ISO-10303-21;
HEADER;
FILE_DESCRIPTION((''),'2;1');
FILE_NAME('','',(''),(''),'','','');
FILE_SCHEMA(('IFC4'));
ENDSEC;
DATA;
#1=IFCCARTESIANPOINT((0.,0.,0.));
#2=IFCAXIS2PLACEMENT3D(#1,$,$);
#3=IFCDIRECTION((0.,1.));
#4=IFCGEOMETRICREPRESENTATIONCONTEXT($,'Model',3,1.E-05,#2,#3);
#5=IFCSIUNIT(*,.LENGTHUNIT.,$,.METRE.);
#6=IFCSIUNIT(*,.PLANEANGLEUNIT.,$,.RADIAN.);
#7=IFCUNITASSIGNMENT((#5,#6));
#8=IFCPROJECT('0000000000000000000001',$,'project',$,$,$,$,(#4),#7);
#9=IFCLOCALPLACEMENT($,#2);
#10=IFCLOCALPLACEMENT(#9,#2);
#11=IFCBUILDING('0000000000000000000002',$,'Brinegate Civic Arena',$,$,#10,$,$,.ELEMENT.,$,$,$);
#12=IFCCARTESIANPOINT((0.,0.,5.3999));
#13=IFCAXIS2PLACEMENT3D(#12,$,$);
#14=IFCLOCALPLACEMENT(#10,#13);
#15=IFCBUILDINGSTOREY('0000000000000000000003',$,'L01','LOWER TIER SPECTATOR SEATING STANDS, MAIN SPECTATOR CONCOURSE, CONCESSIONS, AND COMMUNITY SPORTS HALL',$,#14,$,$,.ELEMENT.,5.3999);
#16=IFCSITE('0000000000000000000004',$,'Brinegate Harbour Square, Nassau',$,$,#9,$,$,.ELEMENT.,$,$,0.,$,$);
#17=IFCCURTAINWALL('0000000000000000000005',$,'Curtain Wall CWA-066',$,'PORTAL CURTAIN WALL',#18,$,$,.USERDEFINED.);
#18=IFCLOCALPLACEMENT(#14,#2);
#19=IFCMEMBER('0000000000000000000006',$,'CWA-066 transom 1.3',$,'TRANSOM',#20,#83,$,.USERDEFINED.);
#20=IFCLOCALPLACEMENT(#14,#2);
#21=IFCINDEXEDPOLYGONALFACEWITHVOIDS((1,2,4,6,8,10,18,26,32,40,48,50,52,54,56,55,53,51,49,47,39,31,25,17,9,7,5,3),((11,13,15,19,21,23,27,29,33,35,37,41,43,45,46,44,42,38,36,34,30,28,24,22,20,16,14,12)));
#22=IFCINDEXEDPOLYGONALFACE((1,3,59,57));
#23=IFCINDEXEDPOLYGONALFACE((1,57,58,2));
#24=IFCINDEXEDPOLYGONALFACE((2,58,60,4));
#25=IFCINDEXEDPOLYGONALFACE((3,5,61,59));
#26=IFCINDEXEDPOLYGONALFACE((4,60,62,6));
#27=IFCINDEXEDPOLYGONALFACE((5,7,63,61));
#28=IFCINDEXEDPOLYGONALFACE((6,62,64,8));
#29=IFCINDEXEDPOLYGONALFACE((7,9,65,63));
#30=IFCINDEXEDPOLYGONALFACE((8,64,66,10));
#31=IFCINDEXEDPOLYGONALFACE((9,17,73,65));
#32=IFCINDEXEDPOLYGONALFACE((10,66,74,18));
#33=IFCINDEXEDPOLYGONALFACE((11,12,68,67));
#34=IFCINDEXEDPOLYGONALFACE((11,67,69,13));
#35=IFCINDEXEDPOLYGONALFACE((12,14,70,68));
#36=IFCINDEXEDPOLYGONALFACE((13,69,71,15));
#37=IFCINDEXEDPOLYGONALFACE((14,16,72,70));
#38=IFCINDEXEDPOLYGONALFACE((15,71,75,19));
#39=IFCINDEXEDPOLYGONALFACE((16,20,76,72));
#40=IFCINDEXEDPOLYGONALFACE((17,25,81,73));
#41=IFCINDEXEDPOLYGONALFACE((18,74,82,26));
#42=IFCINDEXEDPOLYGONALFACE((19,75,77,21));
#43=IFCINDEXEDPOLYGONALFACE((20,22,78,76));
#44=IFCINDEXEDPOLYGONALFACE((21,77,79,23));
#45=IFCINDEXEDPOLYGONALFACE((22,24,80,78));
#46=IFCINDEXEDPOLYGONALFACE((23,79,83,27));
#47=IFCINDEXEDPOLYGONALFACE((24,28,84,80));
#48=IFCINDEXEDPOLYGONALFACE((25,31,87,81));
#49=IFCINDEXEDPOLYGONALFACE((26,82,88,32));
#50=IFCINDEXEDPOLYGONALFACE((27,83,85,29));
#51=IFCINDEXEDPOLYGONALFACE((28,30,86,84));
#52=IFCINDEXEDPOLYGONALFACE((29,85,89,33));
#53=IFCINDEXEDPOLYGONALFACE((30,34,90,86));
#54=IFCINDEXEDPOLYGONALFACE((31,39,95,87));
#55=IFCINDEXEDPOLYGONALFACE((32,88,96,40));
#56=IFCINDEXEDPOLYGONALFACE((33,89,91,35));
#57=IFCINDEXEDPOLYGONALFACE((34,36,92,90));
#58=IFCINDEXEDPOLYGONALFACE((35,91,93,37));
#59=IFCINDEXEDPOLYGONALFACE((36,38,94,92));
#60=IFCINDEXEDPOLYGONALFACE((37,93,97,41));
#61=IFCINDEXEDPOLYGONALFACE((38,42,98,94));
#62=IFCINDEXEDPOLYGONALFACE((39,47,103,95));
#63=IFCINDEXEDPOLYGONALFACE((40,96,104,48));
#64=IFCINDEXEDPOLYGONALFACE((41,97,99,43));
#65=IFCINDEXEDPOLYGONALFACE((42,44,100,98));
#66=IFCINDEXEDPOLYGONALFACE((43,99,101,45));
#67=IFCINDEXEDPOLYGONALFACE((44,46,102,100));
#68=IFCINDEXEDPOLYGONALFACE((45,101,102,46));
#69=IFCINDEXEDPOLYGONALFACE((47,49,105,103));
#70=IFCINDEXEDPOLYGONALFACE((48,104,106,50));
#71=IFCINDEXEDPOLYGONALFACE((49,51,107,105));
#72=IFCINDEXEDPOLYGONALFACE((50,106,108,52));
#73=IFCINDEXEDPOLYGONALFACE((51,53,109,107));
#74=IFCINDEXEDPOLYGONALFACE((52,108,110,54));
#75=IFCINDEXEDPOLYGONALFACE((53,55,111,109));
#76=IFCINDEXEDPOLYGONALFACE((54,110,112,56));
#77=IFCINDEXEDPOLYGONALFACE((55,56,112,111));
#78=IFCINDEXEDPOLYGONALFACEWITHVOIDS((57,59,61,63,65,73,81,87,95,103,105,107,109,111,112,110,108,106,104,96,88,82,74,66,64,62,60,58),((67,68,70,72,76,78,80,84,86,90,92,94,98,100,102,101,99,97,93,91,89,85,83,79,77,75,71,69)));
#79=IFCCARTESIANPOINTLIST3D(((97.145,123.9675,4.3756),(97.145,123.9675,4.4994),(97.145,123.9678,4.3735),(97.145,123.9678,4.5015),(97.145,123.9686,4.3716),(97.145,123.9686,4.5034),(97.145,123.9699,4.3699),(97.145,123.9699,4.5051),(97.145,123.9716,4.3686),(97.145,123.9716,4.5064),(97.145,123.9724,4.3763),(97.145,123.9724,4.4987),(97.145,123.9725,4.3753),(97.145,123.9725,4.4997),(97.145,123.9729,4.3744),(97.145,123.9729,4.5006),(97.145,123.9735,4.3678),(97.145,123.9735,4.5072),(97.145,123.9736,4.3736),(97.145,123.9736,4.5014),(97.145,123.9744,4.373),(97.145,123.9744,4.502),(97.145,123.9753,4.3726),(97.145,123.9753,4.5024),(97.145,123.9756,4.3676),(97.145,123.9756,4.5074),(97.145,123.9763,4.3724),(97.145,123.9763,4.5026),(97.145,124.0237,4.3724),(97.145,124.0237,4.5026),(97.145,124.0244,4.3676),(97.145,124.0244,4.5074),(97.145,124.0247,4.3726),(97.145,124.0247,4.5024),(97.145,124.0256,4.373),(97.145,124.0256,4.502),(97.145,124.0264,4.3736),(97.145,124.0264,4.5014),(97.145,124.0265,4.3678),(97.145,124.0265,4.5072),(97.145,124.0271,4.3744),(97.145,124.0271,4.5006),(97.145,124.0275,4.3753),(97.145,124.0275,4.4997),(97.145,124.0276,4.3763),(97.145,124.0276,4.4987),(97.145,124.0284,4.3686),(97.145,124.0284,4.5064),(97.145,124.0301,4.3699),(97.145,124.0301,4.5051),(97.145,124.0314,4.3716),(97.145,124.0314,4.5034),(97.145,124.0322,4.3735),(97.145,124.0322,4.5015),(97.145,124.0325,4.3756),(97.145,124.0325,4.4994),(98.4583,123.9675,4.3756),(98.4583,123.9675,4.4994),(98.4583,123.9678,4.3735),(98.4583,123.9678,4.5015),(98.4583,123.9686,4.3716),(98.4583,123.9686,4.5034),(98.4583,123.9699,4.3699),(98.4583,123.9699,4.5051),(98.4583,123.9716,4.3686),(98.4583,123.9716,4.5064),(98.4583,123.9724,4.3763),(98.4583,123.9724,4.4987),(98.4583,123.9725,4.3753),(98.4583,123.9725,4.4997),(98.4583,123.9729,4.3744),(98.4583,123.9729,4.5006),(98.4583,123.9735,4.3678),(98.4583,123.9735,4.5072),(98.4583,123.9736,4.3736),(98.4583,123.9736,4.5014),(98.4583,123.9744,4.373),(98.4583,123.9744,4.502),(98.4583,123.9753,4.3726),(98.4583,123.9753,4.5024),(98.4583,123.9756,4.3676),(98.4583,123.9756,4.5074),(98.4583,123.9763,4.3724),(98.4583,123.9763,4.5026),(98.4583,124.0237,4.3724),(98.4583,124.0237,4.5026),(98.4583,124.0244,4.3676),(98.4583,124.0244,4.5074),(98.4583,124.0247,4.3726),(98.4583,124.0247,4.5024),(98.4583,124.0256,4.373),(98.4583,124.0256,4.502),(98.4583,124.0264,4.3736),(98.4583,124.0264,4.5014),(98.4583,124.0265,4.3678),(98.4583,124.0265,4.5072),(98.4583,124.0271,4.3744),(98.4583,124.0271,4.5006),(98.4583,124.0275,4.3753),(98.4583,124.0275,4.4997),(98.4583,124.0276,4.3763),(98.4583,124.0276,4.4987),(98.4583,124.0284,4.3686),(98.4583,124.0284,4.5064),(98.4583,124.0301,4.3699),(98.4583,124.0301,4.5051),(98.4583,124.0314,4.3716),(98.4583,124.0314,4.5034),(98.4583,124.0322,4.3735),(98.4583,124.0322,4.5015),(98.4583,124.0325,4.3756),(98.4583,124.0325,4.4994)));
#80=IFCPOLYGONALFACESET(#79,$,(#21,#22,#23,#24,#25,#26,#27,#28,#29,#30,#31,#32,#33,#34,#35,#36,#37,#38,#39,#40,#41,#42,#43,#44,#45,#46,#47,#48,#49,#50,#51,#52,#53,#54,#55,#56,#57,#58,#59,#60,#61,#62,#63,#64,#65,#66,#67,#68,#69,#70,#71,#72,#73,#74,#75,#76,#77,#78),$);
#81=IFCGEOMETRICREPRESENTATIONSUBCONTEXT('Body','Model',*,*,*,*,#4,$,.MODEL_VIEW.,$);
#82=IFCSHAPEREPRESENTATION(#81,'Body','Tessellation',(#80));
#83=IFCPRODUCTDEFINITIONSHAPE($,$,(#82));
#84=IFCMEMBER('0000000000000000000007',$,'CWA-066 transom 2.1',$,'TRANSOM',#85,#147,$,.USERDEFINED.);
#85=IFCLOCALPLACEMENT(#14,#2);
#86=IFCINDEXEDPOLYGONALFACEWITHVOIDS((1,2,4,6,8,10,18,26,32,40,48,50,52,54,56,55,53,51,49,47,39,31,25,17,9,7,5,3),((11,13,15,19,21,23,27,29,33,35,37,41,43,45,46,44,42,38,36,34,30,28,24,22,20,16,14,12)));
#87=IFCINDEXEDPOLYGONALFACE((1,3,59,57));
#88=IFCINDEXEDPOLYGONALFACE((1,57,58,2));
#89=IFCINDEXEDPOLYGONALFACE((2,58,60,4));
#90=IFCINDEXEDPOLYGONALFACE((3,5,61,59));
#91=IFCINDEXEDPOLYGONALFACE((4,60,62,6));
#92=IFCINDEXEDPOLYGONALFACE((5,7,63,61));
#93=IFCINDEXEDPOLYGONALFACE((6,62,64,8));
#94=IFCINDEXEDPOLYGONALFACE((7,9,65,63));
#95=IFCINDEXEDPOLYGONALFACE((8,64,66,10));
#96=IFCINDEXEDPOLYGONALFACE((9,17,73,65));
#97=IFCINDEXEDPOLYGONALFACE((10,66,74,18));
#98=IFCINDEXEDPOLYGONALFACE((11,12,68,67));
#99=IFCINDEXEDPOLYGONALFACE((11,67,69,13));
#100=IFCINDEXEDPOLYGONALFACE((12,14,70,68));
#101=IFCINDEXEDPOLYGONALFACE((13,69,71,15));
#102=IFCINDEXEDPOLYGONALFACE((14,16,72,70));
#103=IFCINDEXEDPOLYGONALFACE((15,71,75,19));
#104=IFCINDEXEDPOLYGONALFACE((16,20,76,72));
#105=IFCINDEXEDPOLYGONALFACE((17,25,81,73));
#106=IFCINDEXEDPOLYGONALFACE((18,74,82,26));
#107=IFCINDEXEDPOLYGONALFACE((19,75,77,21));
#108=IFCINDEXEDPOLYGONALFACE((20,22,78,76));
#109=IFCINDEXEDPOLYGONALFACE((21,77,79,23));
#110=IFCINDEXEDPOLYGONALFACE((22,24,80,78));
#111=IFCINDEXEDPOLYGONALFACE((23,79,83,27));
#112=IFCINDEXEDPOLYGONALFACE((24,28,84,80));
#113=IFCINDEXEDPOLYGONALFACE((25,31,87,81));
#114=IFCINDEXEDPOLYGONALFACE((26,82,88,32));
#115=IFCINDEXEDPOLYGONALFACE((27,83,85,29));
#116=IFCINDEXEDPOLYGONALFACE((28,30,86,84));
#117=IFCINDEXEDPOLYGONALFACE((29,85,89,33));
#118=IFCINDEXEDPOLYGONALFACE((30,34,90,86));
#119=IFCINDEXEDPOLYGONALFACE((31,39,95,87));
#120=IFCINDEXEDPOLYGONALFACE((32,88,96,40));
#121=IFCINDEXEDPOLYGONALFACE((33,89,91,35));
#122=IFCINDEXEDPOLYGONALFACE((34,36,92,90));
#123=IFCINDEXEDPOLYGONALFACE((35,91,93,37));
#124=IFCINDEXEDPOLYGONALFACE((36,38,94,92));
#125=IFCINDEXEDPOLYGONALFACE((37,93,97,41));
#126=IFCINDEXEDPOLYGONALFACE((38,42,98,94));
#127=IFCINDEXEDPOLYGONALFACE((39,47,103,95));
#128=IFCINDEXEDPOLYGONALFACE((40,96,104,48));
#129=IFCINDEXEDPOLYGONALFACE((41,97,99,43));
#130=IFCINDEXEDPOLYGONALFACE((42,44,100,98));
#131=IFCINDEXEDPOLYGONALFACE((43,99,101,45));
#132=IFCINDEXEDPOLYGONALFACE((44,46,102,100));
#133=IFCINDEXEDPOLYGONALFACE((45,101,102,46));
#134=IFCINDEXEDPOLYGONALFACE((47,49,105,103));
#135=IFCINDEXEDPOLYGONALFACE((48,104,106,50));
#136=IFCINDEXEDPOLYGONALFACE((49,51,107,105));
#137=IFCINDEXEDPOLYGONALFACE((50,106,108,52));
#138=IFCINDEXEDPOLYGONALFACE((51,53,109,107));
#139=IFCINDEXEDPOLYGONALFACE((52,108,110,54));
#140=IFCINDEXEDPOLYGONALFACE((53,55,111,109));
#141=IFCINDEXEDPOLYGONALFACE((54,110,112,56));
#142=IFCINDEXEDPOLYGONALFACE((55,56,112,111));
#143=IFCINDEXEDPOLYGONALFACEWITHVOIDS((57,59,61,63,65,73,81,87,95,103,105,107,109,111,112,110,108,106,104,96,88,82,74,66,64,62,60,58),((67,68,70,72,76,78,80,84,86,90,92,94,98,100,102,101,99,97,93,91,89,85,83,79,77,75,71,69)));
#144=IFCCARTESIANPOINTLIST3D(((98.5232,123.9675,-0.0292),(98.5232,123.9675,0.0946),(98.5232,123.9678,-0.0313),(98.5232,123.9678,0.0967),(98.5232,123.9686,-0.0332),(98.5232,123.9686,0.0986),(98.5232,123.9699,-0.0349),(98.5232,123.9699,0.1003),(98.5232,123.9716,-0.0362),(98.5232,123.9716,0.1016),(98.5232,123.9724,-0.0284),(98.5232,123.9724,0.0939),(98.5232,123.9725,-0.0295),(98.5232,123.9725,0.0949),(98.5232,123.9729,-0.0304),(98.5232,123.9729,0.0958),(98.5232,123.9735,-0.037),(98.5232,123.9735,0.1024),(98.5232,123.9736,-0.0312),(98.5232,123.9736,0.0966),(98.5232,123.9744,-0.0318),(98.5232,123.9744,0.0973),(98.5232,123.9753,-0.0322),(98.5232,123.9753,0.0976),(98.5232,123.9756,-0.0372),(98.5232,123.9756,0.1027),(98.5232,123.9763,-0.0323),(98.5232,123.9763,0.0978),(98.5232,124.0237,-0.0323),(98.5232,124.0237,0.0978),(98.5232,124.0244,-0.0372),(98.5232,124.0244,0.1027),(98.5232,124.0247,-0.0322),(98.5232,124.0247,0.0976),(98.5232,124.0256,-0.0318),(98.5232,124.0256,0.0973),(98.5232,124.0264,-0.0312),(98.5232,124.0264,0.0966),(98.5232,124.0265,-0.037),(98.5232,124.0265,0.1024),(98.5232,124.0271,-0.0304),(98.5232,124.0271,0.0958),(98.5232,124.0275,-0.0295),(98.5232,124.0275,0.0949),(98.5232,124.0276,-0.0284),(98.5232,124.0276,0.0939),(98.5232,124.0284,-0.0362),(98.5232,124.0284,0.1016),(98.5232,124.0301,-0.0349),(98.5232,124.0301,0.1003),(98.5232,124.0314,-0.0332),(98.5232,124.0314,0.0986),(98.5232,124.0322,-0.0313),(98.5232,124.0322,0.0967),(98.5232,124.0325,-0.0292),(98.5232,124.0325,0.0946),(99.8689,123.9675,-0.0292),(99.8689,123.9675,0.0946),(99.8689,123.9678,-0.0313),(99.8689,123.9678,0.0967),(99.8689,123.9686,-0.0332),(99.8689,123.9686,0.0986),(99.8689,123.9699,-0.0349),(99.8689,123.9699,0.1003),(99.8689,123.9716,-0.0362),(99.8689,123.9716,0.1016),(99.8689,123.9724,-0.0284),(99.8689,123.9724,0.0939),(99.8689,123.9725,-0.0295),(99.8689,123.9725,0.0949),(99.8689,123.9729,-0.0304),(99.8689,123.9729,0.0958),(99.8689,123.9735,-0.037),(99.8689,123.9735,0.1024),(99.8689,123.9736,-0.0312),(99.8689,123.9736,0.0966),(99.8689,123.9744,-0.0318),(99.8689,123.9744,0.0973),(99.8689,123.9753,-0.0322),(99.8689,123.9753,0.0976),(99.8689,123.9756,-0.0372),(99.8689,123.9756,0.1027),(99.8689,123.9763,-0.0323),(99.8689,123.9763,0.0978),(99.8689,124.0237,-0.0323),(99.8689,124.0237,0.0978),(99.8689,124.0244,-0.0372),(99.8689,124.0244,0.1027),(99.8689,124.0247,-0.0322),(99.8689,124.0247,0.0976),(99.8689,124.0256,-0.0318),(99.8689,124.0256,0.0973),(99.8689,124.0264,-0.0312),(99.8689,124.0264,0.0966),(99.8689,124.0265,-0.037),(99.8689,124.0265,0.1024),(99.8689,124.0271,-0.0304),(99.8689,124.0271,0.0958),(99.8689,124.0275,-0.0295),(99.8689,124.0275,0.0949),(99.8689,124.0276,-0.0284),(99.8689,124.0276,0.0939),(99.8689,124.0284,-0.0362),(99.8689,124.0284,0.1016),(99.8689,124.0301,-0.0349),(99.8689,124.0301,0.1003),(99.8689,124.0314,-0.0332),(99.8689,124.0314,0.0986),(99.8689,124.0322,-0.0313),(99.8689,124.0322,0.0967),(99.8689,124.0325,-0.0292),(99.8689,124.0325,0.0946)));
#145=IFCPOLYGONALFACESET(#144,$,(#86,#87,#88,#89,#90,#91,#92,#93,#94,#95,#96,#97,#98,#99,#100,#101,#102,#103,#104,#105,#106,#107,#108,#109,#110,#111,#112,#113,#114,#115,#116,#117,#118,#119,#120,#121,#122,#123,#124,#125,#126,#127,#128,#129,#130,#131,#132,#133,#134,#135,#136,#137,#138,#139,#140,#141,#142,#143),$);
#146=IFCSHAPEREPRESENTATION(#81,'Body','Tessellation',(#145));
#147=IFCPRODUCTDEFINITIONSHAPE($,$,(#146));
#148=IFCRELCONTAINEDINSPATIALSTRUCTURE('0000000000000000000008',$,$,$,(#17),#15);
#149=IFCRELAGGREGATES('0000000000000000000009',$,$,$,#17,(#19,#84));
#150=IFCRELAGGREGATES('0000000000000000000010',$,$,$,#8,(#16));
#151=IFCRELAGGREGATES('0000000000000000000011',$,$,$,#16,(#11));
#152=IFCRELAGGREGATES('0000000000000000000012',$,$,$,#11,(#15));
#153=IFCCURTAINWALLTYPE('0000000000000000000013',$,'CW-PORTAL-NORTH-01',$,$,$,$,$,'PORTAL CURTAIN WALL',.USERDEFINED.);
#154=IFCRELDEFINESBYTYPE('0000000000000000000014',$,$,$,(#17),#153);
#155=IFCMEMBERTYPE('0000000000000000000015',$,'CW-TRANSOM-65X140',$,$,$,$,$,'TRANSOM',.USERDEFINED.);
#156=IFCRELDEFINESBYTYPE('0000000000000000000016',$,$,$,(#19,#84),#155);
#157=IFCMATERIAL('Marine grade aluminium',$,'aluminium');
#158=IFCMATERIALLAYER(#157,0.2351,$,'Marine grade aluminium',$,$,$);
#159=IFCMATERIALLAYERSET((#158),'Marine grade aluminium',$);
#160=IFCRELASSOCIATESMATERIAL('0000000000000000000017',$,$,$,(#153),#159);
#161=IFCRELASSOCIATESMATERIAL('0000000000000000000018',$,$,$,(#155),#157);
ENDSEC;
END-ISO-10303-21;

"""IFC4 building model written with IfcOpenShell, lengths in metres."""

from ifc_helpers import new_model, si_unit, direction, frame, origin, origin_2d, place, context, subcontext, project, spatial, hollow_rectangle, extrude, material, layer, layer_set, material_profile, profile_set, type_object, element, aggregate, save


model = new_model("IFC4")

# Units and contexts
model_context = context("Model", 3, precision=1e-05, world=origin(), true_north=direction((0.0, 1.0)))
body_context = subcontext(model_context, "Body", "Model", "MODEL_VIEW")
ifc_project = project(units=[si_unit("LENGTHUNIT", "METRE"), si_unit("PLANEANGLEUNIT", "RADIAN")], contexts=[model_context])

# Site, building, storey
site_placement = place(None, origin())
site = spatial("IfcSite", under=ifc_project, at=site_placement, Name="Brinegate Harbour Square, Nassau", CompositionType="ELEMENT", RefElevation=0.0)
building_placement = place(site_placement, origin())
building = spatial("IfcBuilding", under=site, at=building_placement, Name="Brinegate Civic Arena", CompositionType="ELEMENT")
storey_placement = place(building_placement, frame((0.0, 0.0, 5.3999)))
storey = spatial("IfcBuildingStorey", under=building, at=storey_placement, Name="L01", Description="LOWER TIER SPECTATOR SEATING STANDS, MAIN SPECTATOR CONCOURSE, CONCESSIONS, AND COMMUNITY SPORTS HALL", CompositionType="ELEMENT", Elevation=5.3999)

# Curtain wall, members
ifc_material_1 = material(Name="Marine grade aluminium", Category="aluminium")
ifc_layer_1 = layer(ifc_material_1, 0.2351, Name="Marine grade aluminium")
ifc_layer_set_1 = layer_set([ifc_layer_1], Name="Marine grade aluminium")
curtain_wall_type = type_object("IfcCurtainWallType", Name="CW-PORTAL-NORTH-01", ElementType="PORTAL CURTAIN WALL", PredefinedType="USERDEFINED", material=ifc_layer_set_1)
curtain_wall_placement = place(storey_placement, origin())
curtain_wall = element("IfcCurtainWall", 1, at=curtain_wall_placement, inside=storey, type_object=curtain_wall_type, Name="Curtain Wall CWA-066", ObjectType="PORTAL CURTAIN WALL", PredefinedType="USERDEFINED")
ifc_material_profile_1 = material_profile(ifc_material_1, hollow_rectangle(XDim=0.0649, YDim=0.1399, WallThickness=0.0049, InnerFilletRadius=0.0039, OuterFilletRadius=0.0081, at=origin_2d()), Name="TRN65X140")
ifc_profile_set_1 = profile_set([ifc_material_profile_1], Name="Marine grade aluminium")
member_type_1 = type_object("IfcMemberType", Name="CW-TRANSOM-65X140", ElementType="TRANSOM", PredefinedType="USERDEFINED", material=ifc_profile_set_1)
member_1_placement = place(storey_placement, frame((97.145, 124.0, 4.4375), z_axis=(1.0, 0.0, 0.0), x_axis=(0.0, 1.0, 0.0)))
member_1 = element("IfcMember", 2, at=member_1_placement, type_object=member_type_1, Name="CWA-066 transom 1.3", ObjectType="TRANSOM", PredefinedType="USERDEFINED", context=body_context, shape_type="SweptSolid", body=[
    extrude(hollow_rectangle(XDim=0.0649, YDim=0.1399, WallThickness=0.0049, InnerFilletRadius=0.0039, OuterFilletRadius=0.0081, at=origin_2d()), origin(), (0.0, 0.0, 1.0), 1.3132),
])
member_2_placement = place(storey_placement, frame((98.5232, 124.0, 0.0327), z_axis=(1.0, 0.0, 0.0), x_axis=(0.0, 1.0, 0.0)))
member_2 = element("IfcMember", 3, at=member_2_placement, type_object=member_type_1, Name="CWA-066 transom 2.1", ObjectType="TRANSOM", PredefinedType="USERDEFINED", context=body_context, shape_type="SweptSolid", body=[
    extrude(hollow_rectangle(XDim=0.0649, YDim=0.1399, WallThickness=0.0049, InnerFilletRadius=0.0039, OuterFilletRadius=0.0081, at=origin_2d()), origin(), (0.0, 0.0, 1.0), 1.3457),
])

aggregate(curtain_wall, [member_1, member_2])

save(model, "model.ifc")
